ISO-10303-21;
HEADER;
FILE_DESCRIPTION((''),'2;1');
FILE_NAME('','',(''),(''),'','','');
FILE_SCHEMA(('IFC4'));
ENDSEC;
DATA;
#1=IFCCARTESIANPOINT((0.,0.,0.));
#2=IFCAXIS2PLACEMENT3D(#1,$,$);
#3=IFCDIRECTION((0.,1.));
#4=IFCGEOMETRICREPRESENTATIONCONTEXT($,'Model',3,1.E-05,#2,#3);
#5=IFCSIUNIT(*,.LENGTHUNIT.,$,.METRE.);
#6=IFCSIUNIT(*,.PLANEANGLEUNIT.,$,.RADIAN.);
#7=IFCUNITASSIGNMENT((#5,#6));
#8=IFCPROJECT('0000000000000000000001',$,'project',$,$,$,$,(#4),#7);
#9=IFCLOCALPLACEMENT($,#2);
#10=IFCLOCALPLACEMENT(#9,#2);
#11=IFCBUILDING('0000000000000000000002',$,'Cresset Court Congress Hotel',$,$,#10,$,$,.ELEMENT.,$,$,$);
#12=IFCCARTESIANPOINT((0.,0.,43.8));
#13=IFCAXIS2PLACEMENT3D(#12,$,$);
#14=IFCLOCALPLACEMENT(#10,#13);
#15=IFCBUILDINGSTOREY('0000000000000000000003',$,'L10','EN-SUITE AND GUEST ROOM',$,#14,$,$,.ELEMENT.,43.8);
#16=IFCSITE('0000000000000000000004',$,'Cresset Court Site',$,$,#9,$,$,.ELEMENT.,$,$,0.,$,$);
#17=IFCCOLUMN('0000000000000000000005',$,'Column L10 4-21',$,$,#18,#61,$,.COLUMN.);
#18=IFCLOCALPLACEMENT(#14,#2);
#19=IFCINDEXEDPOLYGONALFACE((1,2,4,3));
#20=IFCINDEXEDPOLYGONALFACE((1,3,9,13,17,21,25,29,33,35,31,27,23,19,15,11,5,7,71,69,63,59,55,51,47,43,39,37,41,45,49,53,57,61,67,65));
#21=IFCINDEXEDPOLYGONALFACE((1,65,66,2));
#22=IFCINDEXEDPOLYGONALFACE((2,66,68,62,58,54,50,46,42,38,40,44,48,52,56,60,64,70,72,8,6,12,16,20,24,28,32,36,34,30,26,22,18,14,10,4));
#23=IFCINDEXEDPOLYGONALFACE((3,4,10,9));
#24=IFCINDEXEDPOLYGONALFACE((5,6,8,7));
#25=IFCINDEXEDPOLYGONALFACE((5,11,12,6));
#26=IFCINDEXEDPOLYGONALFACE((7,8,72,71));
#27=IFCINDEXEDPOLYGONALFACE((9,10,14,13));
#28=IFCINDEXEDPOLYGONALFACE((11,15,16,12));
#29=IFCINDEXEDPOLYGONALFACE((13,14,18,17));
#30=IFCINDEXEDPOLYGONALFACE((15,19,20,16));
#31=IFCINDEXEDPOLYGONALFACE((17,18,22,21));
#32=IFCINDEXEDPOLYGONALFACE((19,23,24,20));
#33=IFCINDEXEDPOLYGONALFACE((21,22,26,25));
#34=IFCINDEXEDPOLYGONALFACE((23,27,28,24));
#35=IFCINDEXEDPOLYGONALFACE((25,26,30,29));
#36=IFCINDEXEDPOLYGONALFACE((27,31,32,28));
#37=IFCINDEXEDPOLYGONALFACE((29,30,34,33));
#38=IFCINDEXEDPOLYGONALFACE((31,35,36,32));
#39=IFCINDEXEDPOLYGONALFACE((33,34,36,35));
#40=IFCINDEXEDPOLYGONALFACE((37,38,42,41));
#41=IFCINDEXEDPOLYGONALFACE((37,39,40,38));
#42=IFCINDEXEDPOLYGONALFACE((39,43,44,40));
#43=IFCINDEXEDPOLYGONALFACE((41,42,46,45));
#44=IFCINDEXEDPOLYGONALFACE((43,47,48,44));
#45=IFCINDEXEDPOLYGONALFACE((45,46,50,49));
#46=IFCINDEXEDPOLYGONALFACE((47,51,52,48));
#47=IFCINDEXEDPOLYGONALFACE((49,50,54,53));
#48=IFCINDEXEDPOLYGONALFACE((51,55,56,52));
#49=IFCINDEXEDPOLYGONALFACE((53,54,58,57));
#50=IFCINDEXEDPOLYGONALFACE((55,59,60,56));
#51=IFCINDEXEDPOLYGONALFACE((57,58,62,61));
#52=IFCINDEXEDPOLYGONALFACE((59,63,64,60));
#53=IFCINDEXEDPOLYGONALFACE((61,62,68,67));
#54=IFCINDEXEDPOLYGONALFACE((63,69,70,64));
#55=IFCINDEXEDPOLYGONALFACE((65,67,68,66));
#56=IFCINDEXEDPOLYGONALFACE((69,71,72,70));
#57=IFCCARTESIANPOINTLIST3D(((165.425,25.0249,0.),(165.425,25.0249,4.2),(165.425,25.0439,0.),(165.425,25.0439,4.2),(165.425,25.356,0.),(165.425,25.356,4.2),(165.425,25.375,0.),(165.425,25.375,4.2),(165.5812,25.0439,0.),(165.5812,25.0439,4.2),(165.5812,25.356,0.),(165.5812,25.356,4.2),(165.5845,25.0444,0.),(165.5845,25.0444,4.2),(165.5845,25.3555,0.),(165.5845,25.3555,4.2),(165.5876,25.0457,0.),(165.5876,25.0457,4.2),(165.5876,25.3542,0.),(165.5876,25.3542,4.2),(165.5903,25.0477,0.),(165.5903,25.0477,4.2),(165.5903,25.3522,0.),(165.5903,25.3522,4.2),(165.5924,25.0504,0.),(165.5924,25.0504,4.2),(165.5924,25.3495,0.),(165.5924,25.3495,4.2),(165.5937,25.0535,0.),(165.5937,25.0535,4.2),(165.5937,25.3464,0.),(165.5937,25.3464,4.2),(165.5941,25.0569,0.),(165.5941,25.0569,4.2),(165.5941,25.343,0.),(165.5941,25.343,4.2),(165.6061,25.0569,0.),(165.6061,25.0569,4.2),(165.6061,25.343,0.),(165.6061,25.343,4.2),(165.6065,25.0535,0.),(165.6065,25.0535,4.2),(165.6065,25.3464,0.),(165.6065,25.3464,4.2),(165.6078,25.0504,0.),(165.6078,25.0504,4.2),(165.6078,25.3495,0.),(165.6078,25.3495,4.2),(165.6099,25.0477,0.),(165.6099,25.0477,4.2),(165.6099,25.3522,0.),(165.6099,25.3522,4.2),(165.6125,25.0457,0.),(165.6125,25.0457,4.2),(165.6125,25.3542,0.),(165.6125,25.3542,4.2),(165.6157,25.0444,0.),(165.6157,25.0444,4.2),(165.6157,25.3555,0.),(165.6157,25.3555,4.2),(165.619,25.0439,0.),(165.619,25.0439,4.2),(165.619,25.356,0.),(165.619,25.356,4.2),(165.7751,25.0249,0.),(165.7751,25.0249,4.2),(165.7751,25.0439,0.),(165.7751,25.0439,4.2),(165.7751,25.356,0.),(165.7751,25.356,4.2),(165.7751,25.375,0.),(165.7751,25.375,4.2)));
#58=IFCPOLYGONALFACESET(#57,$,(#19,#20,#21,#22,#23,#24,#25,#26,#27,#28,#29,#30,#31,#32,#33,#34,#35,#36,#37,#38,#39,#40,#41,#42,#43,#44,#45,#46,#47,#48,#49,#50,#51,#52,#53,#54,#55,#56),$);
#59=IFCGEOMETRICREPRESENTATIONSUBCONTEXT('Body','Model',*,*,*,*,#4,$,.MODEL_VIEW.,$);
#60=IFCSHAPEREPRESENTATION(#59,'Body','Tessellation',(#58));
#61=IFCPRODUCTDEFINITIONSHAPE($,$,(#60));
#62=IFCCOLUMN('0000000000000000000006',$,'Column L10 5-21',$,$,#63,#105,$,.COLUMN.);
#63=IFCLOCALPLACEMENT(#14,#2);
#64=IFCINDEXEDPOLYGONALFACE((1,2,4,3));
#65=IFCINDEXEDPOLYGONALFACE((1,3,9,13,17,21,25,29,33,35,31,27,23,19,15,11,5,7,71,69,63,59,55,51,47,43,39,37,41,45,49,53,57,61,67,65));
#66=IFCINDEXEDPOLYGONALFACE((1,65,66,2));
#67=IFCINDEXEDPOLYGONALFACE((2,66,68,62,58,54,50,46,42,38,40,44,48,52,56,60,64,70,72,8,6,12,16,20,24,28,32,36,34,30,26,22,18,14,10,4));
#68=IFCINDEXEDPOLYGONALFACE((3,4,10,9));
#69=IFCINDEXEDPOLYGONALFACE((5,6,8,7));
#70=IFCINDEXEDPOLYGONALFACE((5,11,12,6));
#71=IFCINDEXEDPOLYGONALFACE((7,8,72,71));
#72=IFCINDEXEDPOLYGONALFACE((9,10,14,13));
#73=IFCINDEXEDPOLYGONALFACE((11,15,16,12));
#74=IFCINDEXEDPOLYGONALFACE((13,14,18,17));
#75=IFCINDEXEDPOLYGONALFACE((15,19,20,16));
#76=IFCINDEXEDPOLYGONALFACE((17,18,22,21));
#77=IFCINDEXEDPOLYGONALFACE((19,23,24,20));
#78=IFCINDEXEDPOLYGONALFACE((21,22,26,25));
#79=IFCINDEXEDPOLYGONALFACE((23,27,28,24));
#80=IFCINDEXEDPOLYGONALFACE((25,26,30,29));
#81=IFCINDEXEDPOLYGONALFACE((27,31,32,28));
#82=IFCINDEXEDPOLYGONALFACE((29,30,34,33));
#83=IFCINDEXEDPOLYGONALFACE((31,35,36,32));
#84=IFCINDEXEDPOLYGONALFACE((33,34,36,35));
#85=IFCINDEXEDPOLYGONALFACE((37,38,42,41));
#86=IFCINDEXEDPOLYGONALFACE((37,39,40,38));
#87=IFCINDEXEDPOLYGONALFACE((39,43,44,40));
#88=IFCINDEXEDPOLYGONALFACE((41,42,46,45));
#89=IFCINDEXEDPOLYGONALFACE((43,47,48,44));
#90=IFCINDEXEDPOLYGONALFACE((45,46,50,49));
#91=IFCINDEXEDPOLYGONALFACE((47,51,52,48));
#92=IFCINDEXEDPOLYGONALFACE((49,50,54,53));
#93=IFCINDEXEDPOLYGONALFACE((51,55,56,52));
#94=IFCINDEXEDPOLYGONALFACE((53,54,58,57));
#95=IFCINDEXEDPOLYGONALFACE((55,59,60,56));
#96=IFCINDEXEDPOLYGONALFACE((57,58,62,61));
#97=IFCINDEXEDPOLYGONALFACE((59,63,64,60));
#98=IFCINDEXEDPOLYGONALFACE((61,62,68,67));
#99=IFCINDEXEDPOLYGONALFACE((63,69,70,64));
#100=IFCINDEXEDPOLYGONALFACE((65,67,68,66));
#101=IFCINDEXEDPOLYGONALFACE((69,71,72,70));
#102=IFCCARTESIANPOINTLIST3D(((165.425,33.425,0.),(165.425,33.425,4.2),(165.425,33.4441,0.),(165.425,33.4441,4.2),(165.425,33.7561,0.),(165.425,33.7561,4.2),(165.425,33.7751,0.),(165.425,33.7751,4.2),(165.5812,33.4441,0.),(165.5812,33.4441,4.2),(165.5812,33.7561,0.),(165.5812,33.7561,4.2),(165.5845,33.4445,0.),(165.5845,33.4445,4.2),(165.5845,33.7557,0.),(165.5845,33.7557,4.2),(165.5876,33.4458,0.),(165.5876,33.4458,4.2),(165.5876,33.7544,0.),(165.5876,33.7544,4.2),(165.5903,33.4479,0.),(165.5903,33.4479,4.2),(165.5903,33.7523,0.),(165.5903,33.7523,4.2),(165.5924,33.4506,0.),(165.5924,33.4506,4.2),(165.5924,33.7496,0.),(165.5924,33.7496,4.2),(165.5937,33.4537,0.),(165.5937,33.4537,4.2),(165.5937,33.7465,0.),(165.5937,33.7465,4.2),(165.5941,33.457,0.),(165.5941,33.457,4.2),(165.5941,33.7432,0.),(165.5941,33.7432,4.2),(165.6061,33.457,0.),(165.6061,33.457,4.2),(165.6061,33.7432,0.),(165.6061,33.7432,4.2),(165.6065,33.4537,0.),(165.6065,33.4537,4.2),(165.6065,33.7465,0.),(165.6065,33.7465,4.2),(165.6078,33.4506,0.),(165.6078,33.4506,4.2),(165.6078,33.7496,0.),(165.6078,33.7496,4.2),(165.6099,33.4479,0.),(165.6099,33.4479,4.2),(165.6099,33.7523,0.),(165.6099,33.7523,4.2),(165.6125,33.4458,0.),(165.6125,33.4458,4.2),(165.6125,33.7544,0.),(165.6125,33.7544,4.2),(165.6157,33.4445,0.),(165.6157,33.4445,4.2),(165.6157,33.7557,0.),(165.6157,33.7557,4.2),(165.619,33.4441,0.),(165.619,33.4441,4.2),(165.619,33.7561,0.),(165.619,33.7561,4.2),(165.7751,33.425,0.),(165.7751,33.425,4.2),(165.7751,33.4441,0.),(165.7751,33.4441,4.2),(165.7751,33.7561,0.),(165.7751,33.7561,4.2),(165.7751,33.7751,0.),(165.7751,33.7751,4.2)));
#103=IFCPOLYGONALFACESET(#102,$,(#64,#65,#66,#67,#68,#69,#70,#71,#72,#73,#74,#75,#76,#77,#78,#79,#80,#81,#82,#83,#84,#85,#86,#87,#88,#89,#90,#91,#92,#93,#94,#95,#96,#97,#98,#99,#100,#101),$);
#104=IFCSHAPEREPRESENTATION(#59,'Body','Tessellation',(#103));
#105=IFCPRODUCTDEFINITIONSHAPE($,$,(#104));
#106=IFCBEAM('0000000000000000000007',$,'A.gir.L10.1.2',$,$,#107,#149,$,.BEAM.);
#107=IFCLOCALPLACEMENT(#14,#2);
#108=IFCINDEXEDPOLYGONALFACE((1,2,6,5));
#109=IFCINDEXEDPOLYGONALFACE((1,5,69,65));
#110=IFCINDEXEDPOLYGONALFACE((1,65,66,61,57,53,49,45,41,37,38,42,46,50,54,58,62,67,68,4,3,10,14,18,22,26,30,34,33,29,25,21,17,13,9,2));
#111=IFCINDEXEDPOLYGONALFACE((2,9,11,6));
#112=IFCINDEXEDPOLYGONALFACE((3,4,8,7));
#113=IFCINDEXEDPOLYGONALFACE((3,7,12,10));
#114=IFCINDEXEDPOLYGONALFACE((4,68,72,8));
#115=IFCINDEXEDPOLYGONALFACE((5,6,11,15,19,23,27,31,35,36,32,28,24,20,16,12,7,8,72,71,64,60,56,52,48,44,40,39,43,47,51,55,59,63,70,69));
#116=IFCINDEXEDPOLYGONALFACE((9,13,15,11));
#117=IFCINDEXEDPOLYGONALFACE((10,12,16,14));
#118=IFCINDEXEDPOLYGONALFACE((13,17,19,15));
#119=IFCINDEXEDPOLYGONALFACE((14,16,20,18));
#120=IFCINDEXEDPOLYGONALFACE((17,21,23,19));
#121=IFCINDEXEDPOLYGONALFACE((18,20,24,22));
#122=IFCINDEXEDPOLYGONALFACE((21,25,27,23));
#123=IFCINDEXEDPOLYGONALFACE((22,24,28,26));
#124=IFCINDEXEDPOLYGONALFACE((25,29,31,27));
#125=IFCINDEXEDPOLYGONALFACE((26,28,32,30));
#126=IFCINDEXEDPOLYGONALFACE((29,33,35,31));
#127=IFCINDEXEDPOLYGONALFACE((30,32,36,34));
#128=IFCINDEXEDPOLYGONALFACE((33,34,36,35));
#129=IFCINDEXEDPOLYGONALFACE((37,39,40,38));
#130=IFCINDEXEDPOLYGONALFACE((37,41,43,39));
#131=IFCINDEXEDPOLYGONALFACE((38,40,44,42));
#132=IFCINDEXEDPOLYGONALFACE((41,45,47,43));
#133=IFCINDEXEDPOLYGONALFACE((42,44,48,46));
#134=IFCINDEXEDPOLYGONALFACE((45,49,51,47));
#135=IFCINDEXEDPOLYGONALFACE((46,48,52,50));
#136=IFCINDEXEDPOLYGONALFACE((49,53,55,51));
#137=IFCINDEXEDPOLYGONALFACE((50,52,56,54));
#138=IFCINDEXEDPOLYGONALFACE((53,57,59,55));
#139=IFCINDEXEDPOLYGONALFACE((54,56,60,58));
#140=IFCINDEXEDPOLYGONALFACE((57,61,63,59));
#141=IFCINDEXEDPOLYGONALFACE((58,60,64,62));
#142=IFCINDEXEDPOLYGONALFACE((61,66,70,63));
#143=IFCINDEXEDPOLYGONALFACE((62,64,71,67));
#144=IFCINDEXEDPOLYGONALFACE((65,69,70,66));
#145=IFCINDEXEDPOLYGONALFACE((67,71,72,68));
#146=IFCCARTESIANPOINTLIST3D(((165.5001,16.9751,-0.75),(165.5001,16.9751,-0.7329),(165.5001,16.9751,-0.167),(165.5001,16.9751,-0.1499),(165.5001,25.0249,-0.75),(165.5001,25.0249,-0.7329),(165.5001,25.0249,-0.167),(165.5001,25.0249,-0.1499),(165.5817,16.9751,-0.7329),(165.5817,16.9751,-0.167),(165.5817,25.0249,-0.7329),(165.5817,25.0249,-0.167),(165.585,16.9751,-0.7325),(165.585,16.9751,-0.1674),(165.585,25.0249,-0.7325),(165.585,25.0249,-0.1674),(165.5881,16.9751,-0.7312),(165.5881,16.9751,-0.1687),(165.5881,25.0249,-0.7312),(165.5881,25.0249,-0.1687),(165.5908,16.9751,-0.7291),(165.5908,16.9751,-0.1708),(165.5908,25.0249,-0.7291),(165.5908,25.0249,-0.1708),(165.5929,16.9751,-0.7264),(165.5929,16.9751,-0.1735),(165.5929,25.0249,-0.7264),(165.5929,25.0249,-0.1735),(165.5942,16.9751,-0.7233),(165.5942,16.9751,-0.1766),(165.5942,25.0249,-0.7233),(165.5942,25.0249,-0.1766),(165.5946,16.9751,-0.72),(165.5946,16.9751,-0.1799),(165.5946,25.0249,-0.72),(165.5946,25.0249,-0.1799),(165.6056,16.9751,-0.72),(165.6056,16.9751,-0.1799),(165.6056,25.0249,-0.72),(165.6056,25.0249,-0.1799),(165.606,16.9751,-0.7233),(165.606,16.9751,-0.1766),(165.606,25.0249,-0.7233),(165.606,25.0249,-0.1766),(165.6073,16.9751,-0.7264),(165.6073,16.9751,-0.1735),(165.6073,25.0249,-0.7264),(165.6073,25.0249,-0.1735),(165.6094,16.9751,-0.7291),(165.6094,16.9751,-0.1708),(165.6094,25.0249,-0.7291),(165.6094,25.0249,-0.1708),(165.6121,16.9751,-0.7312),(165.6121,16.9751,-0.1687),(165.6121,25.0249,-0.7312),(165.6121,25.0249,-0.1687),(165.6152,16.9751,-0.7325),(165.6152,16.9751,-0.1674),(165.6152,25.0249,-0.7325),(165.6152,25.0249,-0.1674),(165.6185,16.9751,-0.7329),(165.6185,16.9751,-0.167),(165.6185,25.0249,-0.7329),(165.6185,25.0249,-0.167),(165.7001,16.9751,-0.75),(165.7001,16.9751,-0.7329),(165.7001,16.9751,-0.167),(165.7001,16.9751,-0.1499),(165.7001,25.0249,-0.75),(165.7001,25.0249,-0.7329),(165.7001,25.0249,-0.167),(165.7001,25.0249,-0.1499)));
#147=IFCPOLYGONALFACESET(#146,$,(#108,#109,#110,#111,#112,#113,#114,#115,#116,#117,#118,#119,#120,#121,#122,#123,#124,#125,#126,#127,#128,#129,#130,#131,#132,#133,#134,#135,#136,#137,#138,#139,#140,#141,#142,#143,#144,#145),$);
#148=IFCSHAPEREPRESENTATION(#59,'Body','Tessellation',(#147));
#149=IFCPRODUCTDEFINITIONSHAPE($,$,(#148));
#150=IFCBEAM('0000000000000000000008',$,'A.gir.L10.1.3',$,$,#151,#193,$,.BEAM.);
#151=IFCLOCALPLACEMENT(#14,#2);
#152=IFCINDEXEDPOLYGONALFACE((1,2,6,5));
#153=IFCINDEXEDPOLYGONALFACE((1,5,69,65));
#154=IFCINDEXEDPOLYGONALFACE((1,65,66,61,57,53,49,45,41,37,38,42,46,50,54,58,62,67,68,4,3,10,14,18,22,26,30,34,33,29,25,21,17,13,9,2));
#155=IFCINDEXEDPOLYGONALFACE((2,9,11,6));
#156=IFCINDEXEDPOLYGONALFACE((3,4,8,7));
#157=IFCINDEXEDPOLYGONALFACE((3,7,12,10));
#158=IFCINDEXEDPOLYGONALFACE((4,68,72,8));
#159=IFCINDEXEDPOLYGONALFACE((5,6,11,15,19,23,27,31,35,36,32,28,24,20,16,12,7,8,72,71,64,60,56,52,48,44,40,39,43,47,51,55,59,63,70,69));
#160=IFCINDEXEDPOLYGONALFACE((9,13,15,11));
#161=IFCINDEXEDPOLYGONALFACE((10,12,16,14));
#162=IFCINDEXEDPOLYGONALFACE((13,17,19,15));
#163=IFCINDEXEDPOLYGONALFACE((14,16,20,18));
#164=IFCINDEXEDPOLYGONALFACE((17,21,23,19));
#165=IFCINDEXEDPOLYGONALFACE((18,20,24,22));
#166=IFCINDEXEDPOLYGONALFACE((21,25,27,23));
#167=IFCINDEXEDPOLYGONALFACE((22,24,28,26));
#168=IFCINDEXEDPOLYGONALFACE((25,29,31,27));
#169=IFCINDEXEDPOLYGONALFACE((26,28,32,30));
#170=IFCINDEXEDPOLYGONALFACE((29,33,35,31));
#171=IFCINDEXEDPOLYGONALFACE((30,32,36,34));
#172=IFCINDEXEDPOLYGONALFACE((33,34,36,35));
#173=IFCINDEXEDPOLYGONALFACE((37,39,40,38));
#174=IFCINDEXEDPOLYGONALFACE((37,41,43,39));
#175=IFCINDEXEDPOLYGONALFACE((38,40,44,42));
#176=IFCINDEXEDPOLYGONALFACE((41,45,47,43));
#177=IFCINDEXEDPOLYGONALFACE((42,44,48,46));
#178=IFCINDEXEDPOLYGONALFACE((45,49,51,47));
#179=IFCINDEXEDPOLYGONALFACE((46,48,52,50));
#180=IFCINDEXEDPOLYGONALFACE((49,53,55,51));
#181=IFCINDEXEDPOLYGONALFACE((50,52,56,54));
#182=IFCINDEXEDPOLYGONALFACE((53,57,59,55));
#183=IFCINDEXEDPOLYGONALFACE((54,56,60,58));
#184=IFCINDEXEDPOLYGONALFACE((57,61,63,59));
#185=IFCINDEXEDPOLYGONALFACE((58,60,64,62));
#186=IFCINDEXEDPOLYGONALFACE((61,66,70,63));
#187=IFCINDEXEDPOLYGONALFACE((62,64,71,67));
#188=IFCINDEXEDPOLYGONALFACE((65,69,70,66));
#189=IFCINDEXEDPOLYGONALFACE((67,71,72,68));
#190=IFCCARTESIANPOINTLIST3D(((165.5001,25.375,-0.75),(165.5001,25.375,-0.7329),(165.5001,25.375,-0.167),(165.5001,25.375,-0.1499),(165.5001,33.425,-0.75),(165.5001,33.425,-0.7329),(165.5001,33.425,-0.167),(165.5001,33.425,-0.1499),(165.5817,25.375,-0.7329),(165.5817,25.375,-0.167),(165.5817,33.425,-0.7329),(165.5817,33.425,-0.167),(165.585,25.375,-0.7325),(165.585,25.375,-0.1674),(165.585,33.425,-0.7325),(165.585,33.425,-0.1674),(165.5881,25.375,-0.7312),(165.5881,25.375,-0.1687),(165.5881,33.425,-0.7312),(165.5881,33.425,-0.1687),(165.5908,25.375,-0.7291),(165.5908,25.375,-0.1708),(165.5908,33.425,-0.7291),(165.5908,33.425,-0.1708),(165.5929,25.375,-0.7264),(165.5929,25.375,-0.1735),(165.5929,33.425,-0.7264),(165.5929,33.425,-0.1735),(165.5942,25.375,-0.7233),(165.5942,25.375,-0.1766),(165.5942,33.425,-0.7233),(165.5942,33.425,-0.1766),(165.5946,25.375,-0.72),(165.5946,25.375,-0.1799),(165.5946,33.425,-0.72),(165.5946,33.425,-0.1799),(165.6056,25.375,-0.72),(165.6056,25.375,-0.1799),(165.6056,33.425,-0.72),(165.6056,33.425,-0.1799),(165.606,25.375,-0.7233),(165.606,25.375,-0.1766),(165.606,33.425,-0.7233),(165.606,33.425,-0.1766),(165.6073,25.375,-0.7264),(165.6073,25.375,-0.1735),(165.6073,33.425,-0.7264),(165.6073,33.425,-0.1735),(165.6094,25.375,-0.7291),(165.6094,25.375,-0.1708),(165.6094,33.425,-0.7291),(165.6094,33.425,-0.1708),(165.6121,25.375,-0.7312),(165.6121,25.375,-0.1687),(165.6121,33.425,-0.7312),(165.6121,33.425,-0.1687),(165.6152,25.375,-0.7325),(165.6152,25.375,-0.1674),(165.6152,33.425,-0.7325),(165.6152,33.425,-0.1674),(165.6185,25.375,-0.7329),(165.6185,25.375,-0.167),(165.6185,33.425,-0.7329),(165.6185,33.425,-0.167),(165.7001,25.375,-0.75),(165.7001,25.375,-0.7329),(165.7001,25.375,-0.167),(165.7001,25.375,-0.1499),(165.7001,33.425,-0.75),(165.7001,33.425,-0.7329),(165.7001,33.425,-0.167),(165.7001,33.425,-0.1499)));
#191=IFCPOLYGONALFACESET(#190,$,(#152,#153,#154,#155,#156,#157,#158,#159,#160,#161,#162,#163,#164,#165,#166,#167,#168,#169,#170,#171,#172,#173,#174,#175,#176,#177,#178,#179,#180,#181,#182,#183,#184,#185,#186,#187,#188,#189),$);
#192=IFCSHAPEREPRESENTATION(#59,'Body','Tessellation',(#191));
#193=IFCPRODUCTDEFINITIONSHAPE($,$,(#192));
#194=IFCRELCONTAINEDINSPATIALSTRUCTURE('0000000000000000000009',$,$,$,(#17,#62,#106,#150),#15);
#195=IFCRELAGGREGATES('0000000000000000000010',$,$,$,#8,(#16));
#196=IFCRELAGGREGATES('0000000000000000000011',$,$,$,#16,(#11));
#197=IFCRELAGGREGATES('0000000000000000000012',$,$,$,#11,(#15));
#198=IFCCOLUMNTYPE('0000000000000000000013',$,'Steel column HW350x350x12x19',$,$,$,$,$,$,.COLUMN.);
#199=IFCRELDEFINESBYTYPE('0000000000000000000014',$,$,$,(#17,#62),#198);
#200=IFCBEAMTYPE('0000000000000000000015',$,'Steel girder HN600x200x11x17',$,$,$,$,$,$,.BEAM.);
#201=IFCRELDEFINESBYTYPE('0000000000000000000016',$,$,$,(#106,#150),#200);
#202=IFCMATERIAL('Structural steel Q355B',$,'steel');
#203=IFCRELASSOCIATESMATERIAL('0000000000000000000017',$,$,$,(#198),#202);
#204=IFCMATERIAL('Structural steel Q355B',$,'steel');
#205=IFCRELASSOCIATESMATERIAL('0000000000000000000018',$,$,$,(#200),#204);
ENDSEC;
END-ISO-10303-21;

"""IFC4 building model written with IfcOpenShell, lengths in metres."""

from ifc_helpers import new_model, si_unit, direction, frame, origin, origin_2d, place, context, subcontext, project, spatial, i_section, extrude, material, material_profile, profile_set, type_object, element, save


model = new_model("IFC4")

# Units and contexts
model_context = context("Model", 3, precision=1e-05, world=origin(), true_north=direction((0.0, 1.0)))
body_context = subcontext(model_context, "Body", "Model", "MODEL_VIEW")
ifc_project = project(units=[si_unit("LENGTHUNIT", "METRE"), si_unit("PLANEANGLEUNIT", "RADIAN")], contexts=[model_context])

# Site, building, storey
site_placement = place(None, origin())
site = spatial("IfcSite", under=ifc_project, at=site_placement, Name="Cresset Court Site", CompositionType="ELEMENT", RefElevation=0.0)
building_placement = place(site_placement, origin())
building = spatial("IfcBuilding", under=site, at=building_placement, Name="Cresset Court Congress Hotel", CompositionType="ELEMENT")
storey_placement = place(building_placement, frame((0.0, 0.0, 43.8)))
storey = spatial("IfcBuildingStorey", under=building, at=storey_placement, Name="L10", Description="EN-SUITE AND GUEST ROOM", CompositionType="ELEMENT", Elevation=43.8)

# Columns
ifc_material_1 = material(Name="Structural steel Q355B", Category="steel")
ifc_material_profile_1 = material_profile(ifc_material_1, i_section(OverallWidth=0.3501, OverallDepth=0.3501, WebThickness=0.012, FlangeThickness=0.019, FilletRadius=0.0129, at=origin_2d()), Name="HW350x350x12x19")
ifc_profile_set_1 = profile_set([ifc_material_profile_1], Name="Structural steel Q355B")
column_type = type_object("IfcColumnType", Name="Steel column HW350x350x12x19", PredefinedType="COLUMN", material=ifc_profile_set_1)
for number, where, z_axis, x_axis, name in (
    (1, (165.6001, 25.2, 0.0), (0.0, 0.0, 1.0), (1.0, 0.0, 0.0), "Column L10 4-21"),
    (2, (165.6001, 33.6001, 0.0), (0.0, 0.0, 1.0), (1.0, 0.0, 0.0), "Column L10 5-21"),
):
    element("IfcColumn", number, at=place(storey_placement, frame(where, z_axis=z_axis, x_axis=x_axis)), inside=storey, type_object=column_type, Name=name, PredefinedType="COLUMN", context=body_context, shape_type="SweptSolid", body=[
        extrude(i_section(OverallWidth=0.3501, OverallDepth=0.3501, WebThickness=0.012, FlangeThickness=0.019, FilletRadius=0.0129, at=origin_2d()), origin(), (0.0, 0.0, 1.0), 4.2),
    ])

# Beams
ifc_material_2 = material(Name="Structural steel Q355B", Category="steel")
ifc_material_profile_2 = material_profile(ifc_material_2, i_section(OverallWidth=0.2, OverallDepth=0.6001, WebThickness=0.011, FlangeThickness=0.0171, FilletRadius=0.0129, at=origin_2d()), Name="HN600x200x11x17")
ifc_profile_set_2 = profile_set([ifc_material_profile_2], Name="Structural steel Q355B")
beam_type = type_object("IfcBeamType", Name="Steel girder HN600x200x11x17", PredefinedType="BEAM", material=ifc_profile_set_2)
beam_placement = place(storey_placement, frame((165.6001, 16.9751, -0.45), z_axis=(0.0, 1.0, 0.0), x_axis=(-1.0, 0.0, 0.0)))
element("IfcBeam", 3, at=beam_placement, inside=storey, type_object=beam_type, Name="A.gir.L10.1.2", PredefinedType="BEAM", context=body_context, shape_type="SweptSolid", body=[
    extrude(i_section(OverallWidth=0.2, OverallDepth=0.6001, WebThickness=0.011, FlangeThickness=0.0171, FilletRadius=0.0129, at=origin_2d()), origin(), (0.0, 0.0, 1.0), 8.0498),
])
for number, where, z_axis, x_axis, name in (
    (4, (165.6001, 25.375, -0.45), (0.0, 1.0, 0.0), (-1.0, 0.0, 0.0), "A.gir.L10.1.3"),
):
    element("IfcBeam", number, at=place(storey_placement, frame(where, z_axis=z_axis, x_axis=x_axis)), inside=storey, type_object=beam_type, Name=name, PredefinedType="BEAM", context=body_context, shape_type="SweptSolid", body=[
        extrude(i_section(OverallWidth=0.2, OverallDepth=0.6001, WebThickness=0.011, FlangeThickness=0.0171, FilletRadius=0.0129, at=origin_2d()), origin(), (0.0, 0.0, 1.0), 8.05),
    ])

save(model, "model.ifc")
